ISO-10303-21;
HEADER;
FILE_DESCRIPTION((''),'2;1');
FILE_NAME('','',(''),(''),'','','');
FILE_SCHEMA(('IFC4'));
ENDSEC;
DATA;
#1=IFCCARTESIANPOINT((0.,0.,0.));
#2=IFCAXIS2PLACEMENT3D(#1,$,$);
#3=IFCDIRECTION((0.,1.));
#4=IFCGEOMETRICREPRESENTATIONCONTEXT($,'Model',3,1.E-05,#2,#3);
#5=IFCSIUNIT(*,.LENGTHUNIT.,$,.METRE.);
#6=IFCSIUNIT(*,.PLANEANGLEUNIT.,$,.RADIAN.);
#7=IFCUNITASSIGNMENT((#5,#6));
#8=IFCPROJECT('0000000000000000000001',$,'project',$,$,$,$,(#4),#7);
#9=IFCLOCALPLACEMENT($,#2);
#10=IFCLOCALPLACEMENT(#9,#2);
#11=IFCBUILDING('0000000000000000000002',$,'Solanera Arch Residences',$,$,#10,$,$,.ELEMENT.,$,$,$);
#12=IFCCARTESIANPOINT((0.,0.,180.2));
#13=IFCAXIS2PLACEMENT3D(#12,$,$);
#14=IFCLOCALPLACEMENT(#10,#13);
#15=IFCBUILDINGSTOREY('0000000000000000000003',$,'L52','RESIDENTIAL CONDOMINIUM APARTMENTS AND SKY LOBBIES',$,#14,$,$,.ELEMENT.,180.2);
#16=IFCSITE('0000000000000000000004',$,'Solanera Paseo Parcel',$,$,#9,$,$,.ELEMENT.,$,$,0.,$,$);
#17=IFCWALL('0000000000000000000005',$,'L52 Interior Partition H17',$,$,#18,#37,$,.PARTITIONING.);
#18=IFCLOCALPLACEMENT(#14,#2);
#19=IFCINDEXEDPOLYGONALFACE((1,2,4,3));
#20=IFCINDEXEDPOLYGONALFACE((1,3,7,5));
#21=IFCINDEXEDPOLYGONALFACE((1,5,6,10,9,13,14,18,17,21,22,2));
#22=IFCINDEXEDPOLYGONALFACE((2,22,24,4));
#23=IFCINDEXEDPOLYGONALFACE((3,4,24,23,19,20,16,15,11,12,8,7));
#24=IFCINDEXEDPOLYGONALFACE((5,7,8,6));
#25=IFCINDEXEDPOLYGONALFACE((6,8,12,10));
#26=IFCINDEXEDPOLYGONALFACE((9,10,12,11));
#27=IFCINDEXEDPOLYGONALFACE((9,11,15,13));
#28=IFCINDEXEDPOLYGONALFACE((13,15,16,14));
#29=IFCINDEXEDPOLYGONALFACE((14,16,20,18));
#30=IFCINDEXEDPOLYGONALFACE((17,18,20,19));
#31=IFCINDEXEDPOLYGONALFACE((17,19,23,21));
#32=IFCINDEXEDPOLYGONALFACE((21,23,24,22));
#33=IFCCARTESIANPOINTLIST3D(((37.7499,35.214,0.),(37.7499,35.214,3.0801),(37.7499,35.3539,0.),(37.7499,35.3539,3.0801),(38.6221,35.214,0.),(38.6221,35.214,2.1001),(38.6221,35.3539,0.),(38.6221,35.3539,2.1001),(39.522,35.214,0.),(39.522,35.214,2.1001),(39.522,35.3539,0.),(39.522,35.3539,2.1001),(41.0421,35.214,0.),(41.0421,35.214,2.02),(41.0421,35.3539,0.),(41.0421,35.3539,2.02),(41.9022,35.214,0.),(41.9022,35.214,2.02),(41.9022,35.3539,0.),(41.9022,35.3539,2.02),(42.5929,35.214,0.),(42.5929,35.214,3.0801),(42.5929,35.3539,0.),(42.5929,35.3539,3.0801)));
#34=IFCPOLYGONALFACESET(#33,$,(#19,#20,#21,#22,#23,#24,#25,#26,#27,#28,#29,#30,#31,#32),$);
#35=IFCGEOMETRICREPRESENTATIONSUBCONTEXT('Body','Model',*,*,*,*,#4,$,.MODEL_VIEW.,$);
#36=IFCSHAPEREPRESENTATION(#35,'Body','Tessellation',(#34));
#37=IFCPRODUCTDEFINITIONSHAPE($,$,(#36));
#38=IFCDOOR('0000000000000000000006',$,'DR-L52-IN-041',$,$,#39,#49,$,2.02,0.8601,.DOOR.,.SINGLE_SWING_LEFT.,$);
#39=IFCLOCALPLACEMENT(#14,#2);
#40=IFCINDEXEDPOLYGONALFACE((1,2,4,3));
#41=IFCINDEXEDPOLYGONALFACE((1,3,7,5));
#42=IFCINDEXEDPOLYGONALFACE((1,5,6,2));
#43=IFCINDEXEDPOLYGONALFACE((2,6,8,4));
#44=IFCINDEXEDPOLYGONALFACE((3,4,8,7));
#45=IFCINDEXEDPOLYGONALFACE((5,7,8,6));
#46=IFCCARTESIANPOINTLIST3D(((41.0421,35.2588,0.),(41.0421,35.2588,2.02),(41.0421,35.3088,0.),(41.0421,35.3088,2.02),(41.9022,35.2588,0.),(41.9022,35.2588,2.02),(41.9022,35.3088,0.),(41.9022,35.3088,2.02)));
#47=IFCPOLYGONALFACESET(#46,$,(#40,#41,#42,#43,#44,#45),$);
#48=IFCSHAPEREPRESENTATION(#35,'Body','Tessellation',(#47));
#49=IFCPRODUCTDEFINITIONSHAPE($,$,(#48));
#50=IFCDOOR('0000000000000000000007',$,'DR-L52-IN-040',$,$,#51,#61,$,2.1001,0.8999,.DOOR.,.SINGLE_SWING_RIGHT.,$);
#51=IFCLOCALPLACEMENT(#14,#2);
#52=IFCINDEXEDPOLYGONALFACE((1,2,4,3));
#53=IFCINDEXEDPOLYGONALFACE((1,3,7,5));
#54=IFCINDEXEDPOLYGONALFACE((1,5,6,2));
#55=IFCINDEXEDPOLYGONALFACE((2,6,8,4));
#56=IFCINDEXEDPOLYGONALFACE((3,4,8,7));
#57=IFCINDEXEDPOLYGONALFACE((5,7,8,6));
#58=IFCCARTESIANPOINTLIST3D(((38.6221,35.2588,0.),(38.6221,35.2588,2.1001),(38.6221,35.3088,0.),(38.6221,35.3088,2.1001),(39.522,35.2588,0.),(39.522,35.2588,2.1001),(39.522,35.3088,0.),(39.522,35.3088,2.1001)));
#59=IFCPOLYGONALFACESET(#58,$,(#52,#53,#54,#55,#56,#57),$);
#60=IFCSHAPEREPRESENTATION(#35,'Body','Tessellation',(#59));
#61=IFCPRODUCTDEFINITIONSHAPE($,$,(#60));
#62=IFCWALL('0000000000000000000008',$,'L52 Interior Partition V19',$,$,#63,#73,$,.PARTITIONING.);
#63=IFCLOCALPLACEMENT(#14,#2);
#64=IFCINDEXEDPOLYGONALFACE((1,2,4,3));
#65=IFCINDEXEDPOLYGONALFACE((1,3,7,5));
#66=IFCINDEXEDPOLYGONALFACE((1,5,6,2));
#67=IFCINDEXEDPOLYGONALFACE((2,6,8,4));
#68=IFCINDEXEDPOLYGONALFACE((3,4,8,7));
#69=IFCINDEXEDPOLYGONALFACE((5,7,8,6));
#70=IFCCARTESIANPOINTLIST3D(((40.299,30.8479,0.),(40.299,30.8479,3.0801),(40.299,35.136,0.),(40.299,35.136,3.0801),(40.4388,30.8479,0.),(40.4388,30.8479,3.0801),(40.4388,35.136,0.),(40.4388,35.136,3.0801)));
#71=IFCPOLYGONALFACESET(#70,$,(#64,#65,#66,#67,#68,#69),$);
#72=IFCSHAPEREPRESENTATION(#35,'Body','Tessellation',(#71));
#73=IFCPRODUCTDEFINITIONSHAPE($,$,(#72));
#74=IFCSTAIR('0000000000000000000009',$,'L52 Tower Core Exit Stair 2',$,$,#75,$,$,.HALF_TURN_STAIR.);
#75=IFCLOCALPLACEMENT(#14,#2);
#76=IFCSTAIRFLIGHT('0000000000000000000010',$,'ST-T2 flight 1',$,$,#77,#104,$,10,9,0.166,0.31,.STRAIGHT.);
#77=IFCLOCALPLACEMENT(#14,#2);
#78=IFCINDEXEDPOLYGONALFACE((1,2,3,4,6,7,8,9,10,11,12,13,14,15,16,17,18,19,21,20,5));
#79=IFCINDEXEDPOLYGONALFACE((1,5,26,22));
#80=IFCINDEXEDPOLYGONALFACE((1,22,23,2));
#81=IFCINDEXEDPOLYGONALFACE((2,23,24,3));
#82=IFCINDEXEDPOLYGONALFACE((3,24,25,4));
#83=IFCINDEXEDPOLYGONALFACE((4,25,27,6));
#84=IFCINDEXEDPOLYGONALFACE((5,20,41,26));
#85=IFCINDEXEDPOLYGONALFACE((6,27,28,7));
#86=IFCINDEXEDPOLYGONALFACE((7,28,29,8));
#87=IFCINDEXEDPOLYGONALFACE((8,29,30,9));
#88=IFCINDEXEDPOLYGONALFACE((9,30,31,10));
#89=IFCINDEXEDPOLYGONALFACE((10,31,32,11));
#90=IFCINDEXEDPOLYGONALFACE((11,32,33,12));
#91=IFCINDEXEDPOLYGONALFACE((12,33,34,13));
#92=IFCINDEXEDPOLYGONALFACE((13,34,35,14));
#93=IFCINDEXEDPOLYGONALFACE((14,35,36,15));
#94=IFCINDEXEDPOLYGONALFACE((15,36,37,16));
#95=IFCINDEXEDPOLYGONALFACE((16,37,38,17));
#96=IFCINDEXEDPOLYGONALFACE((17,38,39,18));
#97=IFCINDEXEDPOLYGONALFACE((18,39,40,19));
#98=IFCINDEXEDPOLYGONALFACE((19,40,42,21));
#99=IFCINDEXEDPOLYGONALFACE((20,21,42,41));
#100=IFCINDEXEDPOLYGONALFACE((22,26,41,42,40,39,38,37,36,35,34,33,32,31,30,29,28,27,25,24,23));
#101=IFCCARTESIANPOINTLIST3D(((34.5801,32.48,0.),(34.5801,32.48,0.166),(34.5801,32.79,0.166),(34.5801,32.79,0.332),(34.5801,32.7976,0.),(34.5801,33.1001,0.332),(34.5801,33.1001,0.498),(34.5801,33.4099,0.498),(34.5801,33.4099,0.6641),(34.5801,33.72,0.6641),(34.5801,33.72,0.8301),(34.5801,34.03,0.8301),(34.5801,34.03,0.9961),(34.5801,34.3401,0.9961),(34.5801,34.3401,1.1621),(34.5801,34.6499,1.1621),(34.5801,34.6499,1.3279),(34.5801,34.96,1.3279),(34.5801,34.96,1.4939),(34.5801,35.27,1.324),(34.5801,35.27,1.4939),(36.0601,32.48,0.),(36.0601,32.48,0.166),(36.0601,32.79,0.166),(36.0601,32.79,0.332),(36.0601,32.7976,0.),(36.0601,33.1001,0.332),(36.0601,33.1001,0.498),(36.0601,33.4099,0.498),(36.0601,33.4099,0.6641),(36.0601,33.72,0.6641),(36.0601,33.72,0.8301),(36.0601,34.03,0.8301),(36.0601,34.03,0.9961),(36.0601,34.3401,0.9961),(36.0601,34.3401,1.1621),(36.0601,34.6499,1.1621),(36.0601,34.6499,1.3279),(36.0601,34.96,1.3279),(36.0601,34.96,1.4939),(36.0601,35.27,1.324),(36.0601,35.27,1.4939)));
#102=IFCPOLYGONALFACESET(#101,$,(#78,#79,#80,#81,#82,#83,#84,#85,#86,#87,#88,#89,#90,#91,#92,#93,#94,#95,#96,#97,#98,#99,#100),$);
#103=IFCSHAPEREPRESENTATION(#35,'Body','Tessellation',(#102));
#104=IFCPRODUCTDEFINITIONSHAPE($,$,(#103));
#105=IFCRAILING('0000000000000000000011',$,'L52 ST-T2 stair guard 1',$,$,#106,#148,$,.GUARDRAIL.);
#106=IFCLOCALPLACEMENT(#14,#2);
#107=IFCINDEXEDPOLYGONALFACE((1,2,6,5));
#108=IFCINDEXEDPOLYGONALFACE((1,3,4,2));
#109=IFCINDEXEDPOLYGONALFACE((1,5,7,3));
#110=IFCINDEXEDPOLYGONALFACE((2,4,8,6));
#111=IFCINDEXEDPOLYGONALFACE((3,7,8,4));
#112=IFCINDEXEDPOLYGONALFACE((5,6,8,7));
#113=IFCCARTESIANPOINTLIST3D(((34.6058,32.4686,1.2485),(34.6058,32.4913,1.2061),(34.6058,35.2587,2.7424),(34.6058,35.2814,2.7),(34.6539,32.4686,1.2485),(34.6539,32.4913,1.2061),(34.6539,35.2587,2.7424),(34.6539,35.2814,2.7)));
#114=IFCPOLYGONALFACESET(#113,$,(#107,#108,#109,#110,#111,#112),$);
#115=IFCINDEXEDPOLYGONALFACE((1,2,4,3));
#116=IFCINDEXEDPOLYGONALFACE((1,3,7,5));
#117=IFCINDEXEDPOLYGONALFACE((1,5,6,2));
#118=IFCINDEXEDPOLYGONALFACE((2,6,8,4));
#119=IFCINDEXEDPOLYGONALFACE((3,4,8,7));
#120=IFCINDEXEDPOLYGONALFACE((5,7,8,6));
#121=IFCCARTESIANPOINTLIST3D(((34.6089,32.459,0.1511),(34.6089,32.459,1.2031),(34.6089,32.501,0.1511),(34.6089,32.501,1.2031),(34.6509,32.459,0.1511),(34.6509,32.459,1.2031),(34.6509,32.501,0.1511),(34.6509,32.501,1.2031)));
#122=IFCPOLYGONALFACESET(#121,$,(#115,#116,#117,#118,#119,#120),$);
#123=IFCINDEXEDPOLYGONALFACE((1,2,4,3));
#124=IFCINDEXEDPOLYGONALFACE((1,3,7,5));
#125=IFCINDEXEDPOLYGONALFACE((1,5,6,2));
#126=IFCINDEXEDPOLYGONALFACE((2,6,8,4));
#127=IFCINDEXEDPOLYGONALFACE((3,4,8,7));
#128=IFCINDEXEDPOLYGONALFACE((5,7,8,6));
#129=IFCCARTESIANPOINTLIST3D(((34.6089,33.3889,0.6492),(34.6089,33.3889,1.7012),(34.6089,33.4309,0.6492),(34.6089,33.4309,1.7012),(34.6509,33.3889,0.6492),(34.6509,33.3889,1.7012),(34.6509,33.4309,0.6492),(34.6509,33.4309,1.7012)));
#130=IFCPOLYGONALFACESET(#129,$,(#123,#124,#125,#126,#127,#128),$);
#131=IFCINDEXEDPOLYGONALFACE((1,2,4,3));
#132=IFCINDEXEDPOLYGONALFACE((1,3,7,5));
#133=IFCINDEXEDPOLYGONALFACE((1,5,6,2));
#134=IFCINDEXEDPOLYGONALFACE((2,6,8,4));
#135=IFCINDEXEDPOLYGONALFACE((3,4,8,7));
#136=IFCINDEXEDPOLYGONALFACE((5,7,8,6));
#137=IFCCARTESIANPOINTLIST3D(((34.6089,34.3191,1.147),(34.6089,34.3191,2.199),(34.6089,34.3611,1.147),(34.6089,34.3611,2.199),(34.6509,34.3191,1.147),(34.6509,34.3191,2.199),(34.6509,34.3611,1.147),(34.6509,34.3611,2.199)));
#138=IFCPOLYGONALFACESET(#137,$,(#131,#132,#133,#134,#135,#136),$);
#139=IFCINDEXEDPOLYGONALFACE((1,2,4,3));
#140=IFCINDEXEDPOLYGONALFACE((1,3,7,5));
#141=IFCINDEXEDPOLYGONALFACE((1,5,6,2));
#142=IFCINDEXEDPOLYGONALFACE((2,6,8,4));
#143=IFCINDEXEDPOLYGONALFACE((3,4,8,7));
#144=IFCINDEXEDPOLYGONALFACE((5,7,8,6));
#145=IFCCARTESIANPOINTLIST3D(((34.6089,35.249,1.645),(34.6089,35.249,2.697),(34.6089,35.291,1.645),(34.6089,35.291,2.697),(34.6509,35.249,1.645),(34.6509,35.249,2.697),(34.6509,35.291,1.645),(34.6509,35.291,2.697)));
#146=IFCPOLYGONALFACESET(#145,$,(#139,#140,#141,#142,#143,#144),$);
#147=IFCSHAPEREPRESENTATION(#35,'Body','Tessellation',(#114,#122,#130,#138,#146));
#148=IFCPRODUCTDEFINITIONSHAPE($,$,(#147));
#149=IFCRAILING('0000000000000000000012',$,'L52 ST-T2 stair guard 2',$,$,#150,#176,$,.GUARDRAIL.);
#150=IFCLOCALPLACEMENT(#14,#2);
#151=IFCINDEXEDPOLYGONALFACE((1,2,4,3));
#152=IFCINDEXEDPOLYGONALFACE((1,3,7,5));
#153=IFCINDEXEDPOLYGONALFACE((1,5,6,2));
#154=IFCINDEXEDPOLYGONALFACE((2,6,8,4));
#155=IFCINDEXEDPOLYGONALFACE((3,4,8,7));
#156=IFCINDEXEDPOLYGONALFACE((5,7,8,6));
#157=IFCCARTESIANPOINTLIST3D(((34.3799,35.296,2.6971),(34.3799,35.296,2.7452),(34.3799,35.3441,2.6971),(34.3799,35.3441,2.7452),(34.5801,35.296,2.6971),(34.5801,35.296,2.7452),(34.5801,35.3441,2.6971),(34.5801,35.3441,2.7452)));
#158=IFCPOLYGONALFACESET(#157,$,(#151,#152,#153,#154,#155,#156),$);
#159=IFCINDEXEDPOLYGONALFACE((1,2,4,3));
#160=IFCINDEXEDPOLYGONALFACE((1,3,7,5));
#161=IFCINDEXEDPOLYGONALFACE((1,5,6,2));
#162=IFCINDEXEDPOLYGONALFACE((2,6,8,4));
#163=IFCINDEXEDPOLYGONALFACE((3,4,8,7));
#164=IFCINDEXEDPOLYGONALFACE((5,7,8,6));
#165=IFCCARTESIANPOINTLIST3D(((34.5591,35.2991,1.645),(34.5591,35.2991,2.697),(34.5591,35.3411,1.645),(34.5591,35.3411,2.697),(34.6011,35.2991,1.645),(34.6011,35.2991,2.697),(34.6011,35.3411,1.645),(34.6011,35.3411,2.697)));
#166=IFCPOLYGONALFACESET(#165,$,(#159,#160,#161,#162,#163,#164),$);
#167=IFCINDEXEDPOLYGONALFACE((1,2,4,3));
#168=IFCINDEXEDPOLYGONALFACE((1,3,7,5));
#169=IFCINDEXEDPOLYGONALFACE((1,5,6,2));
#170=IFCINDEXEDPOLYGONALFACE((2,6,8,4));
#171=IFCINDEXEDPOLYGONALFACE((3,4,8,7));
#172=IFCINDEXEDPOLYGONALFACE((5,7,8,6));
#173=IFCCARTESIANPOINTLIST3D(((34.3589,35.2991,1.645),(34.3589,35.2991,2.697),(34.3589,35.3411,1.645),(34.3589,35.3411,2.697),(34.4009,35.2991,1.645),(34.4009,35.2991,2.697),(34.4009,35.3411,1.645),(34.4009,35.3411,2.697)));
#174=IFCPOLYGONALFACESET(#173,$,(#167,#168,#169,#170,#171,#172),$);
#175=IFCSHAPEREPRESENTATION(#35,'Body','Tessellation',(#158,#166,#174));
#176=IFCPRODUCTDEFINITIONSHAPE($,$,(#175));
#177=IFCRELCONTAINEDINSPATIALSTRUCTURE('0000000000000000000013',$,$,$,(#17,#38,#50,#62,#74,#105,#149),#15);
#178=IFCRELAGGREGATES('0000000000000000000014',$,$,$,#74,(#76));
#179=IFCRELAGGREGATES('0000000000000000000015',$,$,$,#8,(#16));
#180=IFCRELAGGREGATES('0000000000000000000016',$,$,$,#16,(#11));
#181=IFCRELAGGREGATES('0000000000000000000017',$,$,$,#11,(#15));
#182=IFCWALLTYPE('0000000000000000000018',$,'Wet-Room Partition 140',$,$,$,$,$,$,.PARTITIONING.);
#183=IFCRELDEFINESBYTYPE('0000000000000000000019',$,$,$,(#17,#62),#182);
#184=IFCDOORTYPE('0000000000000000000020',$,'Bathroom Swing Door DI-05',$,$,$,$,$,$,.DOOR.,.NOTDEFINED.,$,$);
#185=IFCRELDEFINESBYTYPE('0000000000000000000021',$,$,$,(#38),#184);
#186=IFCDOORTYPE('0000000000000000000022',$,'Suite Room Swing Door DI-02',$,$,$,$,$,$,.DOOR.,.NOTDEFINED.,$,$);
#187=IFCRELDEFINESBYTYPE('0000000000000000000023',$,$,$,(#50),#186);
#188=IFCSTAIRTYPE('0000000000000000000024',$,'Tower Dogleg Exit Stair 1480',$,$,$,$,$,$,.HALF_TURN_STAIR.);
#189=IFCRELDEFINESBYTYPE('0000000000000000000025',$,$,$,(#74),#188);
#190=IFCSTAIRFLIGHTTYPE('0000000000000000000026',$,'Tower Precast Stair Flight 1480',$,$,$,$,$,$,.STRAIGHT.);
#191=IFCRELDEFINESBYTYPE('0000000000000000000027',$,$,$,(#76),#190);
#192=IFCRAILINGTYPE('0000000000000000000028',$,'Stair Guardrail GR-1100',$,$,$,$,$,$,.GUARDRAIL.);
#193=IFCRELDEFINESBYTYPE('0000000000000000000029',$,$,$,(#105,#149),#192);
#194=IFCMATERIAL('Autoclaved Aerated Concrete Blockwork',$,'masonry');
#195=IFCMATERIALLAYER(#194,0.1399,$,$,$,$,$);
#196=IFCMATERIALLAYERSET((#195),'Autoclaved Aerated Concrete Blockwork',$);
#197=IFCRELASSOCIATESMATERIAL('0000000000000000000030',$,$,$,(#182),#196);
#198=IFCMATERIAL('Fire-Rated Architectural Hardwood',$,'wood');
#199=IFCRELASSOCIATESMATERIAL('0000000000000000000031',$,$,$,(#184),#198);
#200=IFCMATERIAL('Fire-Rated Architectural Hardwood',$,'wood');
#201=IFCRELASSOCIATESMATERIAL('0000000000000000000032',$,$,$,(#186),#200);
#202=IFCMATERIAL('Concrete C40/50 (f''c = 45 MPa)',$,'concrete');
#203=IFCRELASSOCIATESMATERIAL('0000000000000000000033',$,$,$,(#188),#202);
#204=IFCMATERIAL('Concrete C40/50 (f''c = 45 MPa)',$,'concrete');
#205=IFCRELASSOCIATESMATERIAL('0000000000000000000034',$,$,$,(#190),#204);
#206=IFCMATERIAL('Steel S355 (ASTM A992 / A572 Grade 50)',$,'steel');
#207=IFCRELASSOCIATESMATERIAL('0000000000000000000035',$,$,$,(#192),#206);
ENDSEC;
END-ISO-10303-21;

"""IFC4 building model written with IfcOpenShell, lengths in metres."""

from ifc_helpers import new_model, si_unit, direction, frame, frame_2d, origin, origin_2d, place, context, subcontext, project, spatial, polyline, rectangle, outline, extrude, material, layer, layer_set, type_object, element, fill, aggregate, save


model = new_model("IFC4")

# Units and contexts
model_context = context("Model", 3, precision=1e-05, world=origin(), true_north=direction((0.0, 1.0)))
body_context = subcontext(model_context, "Body", "Model", "MODEL_VIEW")
ifc_project = project(units=[si_unit("LENGTHUNIT", "METRE"), si_unit("PLANEANGLEUNIT", "RADIAN")], contexts=[model_context])

# Site, building, storey
site_placement = place(None, origin())
site = spatial("IfcSite", under=ifc_project, at=site_placement, Name="Solanera Paseo Parcel", CompositionType="ELEMENT", RefElevation=0.0)
building_placement = place(site_placement, origin())
building = spatial("IfcBuilding", under=site, at=building_placement, Name="Solanera Arch Residences", CompositionType="ELEMENT")
storey_placement = place(building_placement, frame((0.0, 0.0, 180.2)))
storey = spatial("IfcBuildingStorey", under=building, at=storey_placement, Name="L52", Description="RESIDENTIAL CONDOMINIUM APARTMENTS AND SKY LOBBIES", CompositionType="ELEMENT", Elevation=180.2)

# Shared definitions
ifc_material_1 = material(Name="Autoclaved Aerated Concrete Blockwork", Category="masonry")
ifc_layer_1 = layer(ifc_material_1, 0.1399)
ifc_layer_set_1 = layer_set([ifc_layer_1], Name="Autoclaved Aerated Concrete Blockwork")
wall_type_1 = type_object("IfcWallType", Name="Wet-Room Partition 140", PredefinedType="PARTITIONING", material=ifc_layer_set_1)

# Wall, openings, doors
wall_1_placement = place(storey_placement, frame((37.75, 35.2839, 0.0), z_axis=(0.0, 0.0, 1.0), x_axis=(1.0, 0.0, 0.0)))
wall_1 = element("IfcWall", 1, at=wall_1_placement, inside=storey, type_object=wall_type_1, Name="L52 Interior Partition H17", PredefinedType="PARTITIONING", context=body_context, shape_type="SweptSolid", body=[
    extrude(rectangle(XDim=4.843, YDim=0.1399, at=frame_2d((2.4214, 0.0))), origin(), (0.0, 0.0, 1.0), 3.0801),
])
opening_1_placement = place(wall_1_placement, frame((0.8721, 0.0, 0.0)))
opening_1 = element("IfcOpeningElement", 2, at=opening_1_placement, cuts=wall_1, PredefinedType="OPENING", context=body_context, shape_type="SweptSolid", body=[
    extrude(rectangle(XDim=0.8999, YDim=2.1001, at=frame_2d((0.45, 1.05))), frame((0.0, 0.0798, 0.0), z_axis=(0.0, -1.0, 0.0), x_axis=(1.0, 0.0, 0.0)), (0.0, 0.0, 1.0), 0.1599),
])
opening_2_placement = place(wall_1_placement, frame((3.292, 0.0, 0.0)))
opening_2 = element("IfcOpeningElement", 3, at=opening_2_placement, cuts=wall_1, PredefinedType="OPENING", context=body_context, shape_type="SweptSolid", body=[
    extrude(rectangle(XDim=0.8601, YDim=2.02, at=frame_2d((0.4302, 1.01))), frame((0.0, 0.0798, 0.0), z_axis=(0.0, -1.0, 0.0), x_axis=(1.0, 0.0, 0.0)), (0.0, 0.0, 1.0), 0.1599),
])
ifc_material_2 = material(Name="Fire-Rated Architectural Hardwood", Category="wood")
door_type_1 = type_object("IfcDoorType", Name="Bathroom Swing Door DI-05", OperationType="NOTDEFINED", PredefinedType="DOOR", material=ifc_material_2)
door_1_placement = place(opening_2_placement, origin())
door_1 = element("IfcDoor", 4, at=door_1_placement, inside=storey, type_object=door_type_1, Name="DR-L52-IN-041", OperationType="SINGLE_SWING_LEFT", OverallHeight=2.02, OverallWidth=0.8601, PredefinedType="DOOR", context=body_context, shape_type="SweptSolid", body=[
    extrude(rectangle(XDim=0.8601, YDim=2.02, at=frame_2d((0.4302, 1.01))), frame((0.0, 0.0249, 0.0), z_axis=(0.0, -1.0, 0.0), x_axis=(1.0, 0.0, 0.0)), (0.0, 0.0, 1.0), 0.05),
])
fill(opening_2, door_1)
ifc_material_3 = material(Name="Fire-Rated Architectural Hardwood", Category="wood")
door_type_2 = type_object("IfcDoorType", Name="Suite Room Swing Door DI-02", OperationType="NOTDEFINED", PredefinedType="DOOR", material=ifc_material_3)
door_2_placement = place(opening_1_placement, origin())
door_2 = element("IfcDoor", 5, at=door_2_placement, inside=storey, type_object=door_type_2, Name="DR-L52-IN-040", OperationType="SINGLE_SWING_RIGHT", OverallHeight=2.1001, OverallWidth=0.8999, PredefinedType="DOOR", context=body_context, shape_type="SweptSolid", body=[
    extrude(rectangle(XDim=0.8999, YDim=2.1001, at=frame_2d((0.45, 1.05))), frame((0.0, 0.0249, 0.0), z_axis=(0.0, -1.0, 0.0), x_axis=(1.0, 0.0, 0.0)), (0.0, 0.0, 1.0), 0.05),
])
fill(opening_1, door_2)

# Wall
wall_2_placement = place(storey_placement, frame((40.3689, 30.8479, 0.0), z_axis=(0.0, 0.0, 1.0), x_axis=(0.0, 1.0, 0.0)))
element("IfcWall", 6, at=wall_2_placement, inside=storey, type_object=wall_type_1, Name="L52 Interior Partition V19", PredefinedType="PARTITIONING", context=body_context, shape_type="SweptSolid", body=[
    extrude(rectangle(XDim=4.2881, YDim=0.1399, at=frame_2d((2.144, 0.0))), origin(), (0.0, 0.0, 1.0), 3.0801),
])

# Stair, stair flight
ifc_material_4 = material(Name="Concrete C40/50 (f'c = 45 MPa)", Category="concrete")
stair_type = type_object("IfcStairType", Name="Tower Dogleg Exit Stair 1480", PredefinedType="HALF_TURN_STAIR", material=ifc_material_4)
stair_placement = place(storey_placement, origin())
stair = element("IfcStair", 7, at=stair_placement, inside=storey, type_object=stair_type, Name="L52 Tower Core Exit Stair 2", PredefinedType="HALF_TURN_STAIR")
ifc_material_5 = material(Name="Concrete C40/50 (f'c = 45 MPa)", Category="concrete")
stair_flight_type = type_object("IfcStairFlightType", Name="Tower Precast Stair Flight 1480", PredefinedType="STRAIGHT", material=ifc_material_5)
stair_flight_placement = place(storey_placement, frame((35.3201, 32.48, 0.0), z_axis=(0.0, 0.0, 1.0), x_axis=(0.0, 1.0, 0.0)))
stair_flight = element("IfcStairFlight", 8, at=stair_flight_placement, type_object=stair_flight_type, Name="ST-T2 flight 1", NumberOfRisers=10, NumberOfTreads=9, PredefinedType="STRAIGHT", RiserHeight=0.166, TreadLength=0.31, context=body_context, shape_type="SweptSolid", body=[
    extrude(outline(polyline([(0.0, 0.0), (0.0, 0.166), (0.3101, 0.166), (0.3101, 0.332), (0.6201, 0.332), (0.6201, 0.498), (0.9299, 0.498), (0.9299, 0.6641), (1.24, 0.6641), (1.24, 0.8301), (1.55, 0.8301), (1.55, 0.9961), (1.8601, 0.9961), (1.8601, 1.1621), (2.1699, 1.1621), (2.1699, 1.3279), (2.48, 1.3279), (2.48, 1.4939), (2.79, 1.4939), (2.79, 1.6599), (2.79, 1.324), (0.3176, 0.0), (0.0, 0.0)])), frame((0.0, 0.74, 0.0), z_axis=(0.0, -1.0, 0.0), x_axis=(1.0, 0.0, 0.0)), (0.0, 0.0, 1.0), 1.48),
])
aggregate(stair, [stair_flight])

# Railings
ifc_material_6 = material(Name="Steel S355 (ASTM A992 / A572 Grade 50)", Category="steel")
railing_type_1 = type_object("IfcRailingType", Name="Stair Guardrail GR-1100", PredefinedType="GUARDRAIL", material=ifc_material_6)
railing_1_placement = place(storey_placement, frame((34.6299, 32.48, 0.1511)))
element("IfcRailing", 9, at=railing_1_placement, inside=storey, type_object=railing_type_1, Name="L52 ST-T2 stair guard 1", PredefinedType="GUARDRAIL", context=body_context, shape_type="SweptSolid", body=[
    extrude(rectangle(XDim=0.0481, YDim=0.0481, at=origin_2d()), frame((0.0, 0.0, 1.0762), z_axis=(0.0, 0.881581, 0.472033), x_axis=(-1.0, 0.0, 0.0)), (0.0, 0.0, 1.0), 3.1648),
    extrude(rectangle(XDim=0.042, YDim=0.042, at=origin_2d()), origin(), (0.0, 0.0, 1.0), 1.052),
    extrude(rectangle(XDim=0.042, YDim=0.042, at=origin_2d()), frame((0.0, 0.9299, 0.498)), (0.0, 0.0, 1.0), 1.052),
    extrude(rectangle(XDim=0.042, YDim=0.042, at=origin_2d()), frame((0.0, 1.8601, 0.9958)), (0.0, 0.0, 1.0), 1.052),
    extrude(rectangle(XDim=0.042, YDim=0.042, at=origin_2d()), frame((0.0, 2.79, 1.4939)), (0.0, 0.0, 1.0), 1.052),
])
railing_2_placement = place(storey_placement, frame((34.5801, 35.3201, 1.645)))
element("IfcRailing", 10, at=railing_2_placement, inside=storey, type_object=railing_type_1, Name="L52 ST-T2 stair guard 2", PredefinedType="GUARDRAIL", context=body_context, shape_type="SweptSolid", body=[
    extrude(rectangle(XDim=0.0481, YDim=0.0481, at=origin_2d()), frame((0.0, 0.0, 1.0762), z_axis=(-1.0, 0.0, 0.0), x_axis=(0.0, -1.0, 0.0)), (0.0, 0.0, 1.0), 0.2002),
    extrude(rectangle(XDim=0.042, YDim=0.042, at=origin_2d()), origin(), (0.0, 0.0, 1.0), 1.052),
    extrude(rectangle(XDim=0.042, YDim=0.042, at=origin_2d()), frame((-0.2002, 0.0, 0.0)), (0.0, 0.0, 1.0), 1.052),
])

save(model, "model.ifc")
